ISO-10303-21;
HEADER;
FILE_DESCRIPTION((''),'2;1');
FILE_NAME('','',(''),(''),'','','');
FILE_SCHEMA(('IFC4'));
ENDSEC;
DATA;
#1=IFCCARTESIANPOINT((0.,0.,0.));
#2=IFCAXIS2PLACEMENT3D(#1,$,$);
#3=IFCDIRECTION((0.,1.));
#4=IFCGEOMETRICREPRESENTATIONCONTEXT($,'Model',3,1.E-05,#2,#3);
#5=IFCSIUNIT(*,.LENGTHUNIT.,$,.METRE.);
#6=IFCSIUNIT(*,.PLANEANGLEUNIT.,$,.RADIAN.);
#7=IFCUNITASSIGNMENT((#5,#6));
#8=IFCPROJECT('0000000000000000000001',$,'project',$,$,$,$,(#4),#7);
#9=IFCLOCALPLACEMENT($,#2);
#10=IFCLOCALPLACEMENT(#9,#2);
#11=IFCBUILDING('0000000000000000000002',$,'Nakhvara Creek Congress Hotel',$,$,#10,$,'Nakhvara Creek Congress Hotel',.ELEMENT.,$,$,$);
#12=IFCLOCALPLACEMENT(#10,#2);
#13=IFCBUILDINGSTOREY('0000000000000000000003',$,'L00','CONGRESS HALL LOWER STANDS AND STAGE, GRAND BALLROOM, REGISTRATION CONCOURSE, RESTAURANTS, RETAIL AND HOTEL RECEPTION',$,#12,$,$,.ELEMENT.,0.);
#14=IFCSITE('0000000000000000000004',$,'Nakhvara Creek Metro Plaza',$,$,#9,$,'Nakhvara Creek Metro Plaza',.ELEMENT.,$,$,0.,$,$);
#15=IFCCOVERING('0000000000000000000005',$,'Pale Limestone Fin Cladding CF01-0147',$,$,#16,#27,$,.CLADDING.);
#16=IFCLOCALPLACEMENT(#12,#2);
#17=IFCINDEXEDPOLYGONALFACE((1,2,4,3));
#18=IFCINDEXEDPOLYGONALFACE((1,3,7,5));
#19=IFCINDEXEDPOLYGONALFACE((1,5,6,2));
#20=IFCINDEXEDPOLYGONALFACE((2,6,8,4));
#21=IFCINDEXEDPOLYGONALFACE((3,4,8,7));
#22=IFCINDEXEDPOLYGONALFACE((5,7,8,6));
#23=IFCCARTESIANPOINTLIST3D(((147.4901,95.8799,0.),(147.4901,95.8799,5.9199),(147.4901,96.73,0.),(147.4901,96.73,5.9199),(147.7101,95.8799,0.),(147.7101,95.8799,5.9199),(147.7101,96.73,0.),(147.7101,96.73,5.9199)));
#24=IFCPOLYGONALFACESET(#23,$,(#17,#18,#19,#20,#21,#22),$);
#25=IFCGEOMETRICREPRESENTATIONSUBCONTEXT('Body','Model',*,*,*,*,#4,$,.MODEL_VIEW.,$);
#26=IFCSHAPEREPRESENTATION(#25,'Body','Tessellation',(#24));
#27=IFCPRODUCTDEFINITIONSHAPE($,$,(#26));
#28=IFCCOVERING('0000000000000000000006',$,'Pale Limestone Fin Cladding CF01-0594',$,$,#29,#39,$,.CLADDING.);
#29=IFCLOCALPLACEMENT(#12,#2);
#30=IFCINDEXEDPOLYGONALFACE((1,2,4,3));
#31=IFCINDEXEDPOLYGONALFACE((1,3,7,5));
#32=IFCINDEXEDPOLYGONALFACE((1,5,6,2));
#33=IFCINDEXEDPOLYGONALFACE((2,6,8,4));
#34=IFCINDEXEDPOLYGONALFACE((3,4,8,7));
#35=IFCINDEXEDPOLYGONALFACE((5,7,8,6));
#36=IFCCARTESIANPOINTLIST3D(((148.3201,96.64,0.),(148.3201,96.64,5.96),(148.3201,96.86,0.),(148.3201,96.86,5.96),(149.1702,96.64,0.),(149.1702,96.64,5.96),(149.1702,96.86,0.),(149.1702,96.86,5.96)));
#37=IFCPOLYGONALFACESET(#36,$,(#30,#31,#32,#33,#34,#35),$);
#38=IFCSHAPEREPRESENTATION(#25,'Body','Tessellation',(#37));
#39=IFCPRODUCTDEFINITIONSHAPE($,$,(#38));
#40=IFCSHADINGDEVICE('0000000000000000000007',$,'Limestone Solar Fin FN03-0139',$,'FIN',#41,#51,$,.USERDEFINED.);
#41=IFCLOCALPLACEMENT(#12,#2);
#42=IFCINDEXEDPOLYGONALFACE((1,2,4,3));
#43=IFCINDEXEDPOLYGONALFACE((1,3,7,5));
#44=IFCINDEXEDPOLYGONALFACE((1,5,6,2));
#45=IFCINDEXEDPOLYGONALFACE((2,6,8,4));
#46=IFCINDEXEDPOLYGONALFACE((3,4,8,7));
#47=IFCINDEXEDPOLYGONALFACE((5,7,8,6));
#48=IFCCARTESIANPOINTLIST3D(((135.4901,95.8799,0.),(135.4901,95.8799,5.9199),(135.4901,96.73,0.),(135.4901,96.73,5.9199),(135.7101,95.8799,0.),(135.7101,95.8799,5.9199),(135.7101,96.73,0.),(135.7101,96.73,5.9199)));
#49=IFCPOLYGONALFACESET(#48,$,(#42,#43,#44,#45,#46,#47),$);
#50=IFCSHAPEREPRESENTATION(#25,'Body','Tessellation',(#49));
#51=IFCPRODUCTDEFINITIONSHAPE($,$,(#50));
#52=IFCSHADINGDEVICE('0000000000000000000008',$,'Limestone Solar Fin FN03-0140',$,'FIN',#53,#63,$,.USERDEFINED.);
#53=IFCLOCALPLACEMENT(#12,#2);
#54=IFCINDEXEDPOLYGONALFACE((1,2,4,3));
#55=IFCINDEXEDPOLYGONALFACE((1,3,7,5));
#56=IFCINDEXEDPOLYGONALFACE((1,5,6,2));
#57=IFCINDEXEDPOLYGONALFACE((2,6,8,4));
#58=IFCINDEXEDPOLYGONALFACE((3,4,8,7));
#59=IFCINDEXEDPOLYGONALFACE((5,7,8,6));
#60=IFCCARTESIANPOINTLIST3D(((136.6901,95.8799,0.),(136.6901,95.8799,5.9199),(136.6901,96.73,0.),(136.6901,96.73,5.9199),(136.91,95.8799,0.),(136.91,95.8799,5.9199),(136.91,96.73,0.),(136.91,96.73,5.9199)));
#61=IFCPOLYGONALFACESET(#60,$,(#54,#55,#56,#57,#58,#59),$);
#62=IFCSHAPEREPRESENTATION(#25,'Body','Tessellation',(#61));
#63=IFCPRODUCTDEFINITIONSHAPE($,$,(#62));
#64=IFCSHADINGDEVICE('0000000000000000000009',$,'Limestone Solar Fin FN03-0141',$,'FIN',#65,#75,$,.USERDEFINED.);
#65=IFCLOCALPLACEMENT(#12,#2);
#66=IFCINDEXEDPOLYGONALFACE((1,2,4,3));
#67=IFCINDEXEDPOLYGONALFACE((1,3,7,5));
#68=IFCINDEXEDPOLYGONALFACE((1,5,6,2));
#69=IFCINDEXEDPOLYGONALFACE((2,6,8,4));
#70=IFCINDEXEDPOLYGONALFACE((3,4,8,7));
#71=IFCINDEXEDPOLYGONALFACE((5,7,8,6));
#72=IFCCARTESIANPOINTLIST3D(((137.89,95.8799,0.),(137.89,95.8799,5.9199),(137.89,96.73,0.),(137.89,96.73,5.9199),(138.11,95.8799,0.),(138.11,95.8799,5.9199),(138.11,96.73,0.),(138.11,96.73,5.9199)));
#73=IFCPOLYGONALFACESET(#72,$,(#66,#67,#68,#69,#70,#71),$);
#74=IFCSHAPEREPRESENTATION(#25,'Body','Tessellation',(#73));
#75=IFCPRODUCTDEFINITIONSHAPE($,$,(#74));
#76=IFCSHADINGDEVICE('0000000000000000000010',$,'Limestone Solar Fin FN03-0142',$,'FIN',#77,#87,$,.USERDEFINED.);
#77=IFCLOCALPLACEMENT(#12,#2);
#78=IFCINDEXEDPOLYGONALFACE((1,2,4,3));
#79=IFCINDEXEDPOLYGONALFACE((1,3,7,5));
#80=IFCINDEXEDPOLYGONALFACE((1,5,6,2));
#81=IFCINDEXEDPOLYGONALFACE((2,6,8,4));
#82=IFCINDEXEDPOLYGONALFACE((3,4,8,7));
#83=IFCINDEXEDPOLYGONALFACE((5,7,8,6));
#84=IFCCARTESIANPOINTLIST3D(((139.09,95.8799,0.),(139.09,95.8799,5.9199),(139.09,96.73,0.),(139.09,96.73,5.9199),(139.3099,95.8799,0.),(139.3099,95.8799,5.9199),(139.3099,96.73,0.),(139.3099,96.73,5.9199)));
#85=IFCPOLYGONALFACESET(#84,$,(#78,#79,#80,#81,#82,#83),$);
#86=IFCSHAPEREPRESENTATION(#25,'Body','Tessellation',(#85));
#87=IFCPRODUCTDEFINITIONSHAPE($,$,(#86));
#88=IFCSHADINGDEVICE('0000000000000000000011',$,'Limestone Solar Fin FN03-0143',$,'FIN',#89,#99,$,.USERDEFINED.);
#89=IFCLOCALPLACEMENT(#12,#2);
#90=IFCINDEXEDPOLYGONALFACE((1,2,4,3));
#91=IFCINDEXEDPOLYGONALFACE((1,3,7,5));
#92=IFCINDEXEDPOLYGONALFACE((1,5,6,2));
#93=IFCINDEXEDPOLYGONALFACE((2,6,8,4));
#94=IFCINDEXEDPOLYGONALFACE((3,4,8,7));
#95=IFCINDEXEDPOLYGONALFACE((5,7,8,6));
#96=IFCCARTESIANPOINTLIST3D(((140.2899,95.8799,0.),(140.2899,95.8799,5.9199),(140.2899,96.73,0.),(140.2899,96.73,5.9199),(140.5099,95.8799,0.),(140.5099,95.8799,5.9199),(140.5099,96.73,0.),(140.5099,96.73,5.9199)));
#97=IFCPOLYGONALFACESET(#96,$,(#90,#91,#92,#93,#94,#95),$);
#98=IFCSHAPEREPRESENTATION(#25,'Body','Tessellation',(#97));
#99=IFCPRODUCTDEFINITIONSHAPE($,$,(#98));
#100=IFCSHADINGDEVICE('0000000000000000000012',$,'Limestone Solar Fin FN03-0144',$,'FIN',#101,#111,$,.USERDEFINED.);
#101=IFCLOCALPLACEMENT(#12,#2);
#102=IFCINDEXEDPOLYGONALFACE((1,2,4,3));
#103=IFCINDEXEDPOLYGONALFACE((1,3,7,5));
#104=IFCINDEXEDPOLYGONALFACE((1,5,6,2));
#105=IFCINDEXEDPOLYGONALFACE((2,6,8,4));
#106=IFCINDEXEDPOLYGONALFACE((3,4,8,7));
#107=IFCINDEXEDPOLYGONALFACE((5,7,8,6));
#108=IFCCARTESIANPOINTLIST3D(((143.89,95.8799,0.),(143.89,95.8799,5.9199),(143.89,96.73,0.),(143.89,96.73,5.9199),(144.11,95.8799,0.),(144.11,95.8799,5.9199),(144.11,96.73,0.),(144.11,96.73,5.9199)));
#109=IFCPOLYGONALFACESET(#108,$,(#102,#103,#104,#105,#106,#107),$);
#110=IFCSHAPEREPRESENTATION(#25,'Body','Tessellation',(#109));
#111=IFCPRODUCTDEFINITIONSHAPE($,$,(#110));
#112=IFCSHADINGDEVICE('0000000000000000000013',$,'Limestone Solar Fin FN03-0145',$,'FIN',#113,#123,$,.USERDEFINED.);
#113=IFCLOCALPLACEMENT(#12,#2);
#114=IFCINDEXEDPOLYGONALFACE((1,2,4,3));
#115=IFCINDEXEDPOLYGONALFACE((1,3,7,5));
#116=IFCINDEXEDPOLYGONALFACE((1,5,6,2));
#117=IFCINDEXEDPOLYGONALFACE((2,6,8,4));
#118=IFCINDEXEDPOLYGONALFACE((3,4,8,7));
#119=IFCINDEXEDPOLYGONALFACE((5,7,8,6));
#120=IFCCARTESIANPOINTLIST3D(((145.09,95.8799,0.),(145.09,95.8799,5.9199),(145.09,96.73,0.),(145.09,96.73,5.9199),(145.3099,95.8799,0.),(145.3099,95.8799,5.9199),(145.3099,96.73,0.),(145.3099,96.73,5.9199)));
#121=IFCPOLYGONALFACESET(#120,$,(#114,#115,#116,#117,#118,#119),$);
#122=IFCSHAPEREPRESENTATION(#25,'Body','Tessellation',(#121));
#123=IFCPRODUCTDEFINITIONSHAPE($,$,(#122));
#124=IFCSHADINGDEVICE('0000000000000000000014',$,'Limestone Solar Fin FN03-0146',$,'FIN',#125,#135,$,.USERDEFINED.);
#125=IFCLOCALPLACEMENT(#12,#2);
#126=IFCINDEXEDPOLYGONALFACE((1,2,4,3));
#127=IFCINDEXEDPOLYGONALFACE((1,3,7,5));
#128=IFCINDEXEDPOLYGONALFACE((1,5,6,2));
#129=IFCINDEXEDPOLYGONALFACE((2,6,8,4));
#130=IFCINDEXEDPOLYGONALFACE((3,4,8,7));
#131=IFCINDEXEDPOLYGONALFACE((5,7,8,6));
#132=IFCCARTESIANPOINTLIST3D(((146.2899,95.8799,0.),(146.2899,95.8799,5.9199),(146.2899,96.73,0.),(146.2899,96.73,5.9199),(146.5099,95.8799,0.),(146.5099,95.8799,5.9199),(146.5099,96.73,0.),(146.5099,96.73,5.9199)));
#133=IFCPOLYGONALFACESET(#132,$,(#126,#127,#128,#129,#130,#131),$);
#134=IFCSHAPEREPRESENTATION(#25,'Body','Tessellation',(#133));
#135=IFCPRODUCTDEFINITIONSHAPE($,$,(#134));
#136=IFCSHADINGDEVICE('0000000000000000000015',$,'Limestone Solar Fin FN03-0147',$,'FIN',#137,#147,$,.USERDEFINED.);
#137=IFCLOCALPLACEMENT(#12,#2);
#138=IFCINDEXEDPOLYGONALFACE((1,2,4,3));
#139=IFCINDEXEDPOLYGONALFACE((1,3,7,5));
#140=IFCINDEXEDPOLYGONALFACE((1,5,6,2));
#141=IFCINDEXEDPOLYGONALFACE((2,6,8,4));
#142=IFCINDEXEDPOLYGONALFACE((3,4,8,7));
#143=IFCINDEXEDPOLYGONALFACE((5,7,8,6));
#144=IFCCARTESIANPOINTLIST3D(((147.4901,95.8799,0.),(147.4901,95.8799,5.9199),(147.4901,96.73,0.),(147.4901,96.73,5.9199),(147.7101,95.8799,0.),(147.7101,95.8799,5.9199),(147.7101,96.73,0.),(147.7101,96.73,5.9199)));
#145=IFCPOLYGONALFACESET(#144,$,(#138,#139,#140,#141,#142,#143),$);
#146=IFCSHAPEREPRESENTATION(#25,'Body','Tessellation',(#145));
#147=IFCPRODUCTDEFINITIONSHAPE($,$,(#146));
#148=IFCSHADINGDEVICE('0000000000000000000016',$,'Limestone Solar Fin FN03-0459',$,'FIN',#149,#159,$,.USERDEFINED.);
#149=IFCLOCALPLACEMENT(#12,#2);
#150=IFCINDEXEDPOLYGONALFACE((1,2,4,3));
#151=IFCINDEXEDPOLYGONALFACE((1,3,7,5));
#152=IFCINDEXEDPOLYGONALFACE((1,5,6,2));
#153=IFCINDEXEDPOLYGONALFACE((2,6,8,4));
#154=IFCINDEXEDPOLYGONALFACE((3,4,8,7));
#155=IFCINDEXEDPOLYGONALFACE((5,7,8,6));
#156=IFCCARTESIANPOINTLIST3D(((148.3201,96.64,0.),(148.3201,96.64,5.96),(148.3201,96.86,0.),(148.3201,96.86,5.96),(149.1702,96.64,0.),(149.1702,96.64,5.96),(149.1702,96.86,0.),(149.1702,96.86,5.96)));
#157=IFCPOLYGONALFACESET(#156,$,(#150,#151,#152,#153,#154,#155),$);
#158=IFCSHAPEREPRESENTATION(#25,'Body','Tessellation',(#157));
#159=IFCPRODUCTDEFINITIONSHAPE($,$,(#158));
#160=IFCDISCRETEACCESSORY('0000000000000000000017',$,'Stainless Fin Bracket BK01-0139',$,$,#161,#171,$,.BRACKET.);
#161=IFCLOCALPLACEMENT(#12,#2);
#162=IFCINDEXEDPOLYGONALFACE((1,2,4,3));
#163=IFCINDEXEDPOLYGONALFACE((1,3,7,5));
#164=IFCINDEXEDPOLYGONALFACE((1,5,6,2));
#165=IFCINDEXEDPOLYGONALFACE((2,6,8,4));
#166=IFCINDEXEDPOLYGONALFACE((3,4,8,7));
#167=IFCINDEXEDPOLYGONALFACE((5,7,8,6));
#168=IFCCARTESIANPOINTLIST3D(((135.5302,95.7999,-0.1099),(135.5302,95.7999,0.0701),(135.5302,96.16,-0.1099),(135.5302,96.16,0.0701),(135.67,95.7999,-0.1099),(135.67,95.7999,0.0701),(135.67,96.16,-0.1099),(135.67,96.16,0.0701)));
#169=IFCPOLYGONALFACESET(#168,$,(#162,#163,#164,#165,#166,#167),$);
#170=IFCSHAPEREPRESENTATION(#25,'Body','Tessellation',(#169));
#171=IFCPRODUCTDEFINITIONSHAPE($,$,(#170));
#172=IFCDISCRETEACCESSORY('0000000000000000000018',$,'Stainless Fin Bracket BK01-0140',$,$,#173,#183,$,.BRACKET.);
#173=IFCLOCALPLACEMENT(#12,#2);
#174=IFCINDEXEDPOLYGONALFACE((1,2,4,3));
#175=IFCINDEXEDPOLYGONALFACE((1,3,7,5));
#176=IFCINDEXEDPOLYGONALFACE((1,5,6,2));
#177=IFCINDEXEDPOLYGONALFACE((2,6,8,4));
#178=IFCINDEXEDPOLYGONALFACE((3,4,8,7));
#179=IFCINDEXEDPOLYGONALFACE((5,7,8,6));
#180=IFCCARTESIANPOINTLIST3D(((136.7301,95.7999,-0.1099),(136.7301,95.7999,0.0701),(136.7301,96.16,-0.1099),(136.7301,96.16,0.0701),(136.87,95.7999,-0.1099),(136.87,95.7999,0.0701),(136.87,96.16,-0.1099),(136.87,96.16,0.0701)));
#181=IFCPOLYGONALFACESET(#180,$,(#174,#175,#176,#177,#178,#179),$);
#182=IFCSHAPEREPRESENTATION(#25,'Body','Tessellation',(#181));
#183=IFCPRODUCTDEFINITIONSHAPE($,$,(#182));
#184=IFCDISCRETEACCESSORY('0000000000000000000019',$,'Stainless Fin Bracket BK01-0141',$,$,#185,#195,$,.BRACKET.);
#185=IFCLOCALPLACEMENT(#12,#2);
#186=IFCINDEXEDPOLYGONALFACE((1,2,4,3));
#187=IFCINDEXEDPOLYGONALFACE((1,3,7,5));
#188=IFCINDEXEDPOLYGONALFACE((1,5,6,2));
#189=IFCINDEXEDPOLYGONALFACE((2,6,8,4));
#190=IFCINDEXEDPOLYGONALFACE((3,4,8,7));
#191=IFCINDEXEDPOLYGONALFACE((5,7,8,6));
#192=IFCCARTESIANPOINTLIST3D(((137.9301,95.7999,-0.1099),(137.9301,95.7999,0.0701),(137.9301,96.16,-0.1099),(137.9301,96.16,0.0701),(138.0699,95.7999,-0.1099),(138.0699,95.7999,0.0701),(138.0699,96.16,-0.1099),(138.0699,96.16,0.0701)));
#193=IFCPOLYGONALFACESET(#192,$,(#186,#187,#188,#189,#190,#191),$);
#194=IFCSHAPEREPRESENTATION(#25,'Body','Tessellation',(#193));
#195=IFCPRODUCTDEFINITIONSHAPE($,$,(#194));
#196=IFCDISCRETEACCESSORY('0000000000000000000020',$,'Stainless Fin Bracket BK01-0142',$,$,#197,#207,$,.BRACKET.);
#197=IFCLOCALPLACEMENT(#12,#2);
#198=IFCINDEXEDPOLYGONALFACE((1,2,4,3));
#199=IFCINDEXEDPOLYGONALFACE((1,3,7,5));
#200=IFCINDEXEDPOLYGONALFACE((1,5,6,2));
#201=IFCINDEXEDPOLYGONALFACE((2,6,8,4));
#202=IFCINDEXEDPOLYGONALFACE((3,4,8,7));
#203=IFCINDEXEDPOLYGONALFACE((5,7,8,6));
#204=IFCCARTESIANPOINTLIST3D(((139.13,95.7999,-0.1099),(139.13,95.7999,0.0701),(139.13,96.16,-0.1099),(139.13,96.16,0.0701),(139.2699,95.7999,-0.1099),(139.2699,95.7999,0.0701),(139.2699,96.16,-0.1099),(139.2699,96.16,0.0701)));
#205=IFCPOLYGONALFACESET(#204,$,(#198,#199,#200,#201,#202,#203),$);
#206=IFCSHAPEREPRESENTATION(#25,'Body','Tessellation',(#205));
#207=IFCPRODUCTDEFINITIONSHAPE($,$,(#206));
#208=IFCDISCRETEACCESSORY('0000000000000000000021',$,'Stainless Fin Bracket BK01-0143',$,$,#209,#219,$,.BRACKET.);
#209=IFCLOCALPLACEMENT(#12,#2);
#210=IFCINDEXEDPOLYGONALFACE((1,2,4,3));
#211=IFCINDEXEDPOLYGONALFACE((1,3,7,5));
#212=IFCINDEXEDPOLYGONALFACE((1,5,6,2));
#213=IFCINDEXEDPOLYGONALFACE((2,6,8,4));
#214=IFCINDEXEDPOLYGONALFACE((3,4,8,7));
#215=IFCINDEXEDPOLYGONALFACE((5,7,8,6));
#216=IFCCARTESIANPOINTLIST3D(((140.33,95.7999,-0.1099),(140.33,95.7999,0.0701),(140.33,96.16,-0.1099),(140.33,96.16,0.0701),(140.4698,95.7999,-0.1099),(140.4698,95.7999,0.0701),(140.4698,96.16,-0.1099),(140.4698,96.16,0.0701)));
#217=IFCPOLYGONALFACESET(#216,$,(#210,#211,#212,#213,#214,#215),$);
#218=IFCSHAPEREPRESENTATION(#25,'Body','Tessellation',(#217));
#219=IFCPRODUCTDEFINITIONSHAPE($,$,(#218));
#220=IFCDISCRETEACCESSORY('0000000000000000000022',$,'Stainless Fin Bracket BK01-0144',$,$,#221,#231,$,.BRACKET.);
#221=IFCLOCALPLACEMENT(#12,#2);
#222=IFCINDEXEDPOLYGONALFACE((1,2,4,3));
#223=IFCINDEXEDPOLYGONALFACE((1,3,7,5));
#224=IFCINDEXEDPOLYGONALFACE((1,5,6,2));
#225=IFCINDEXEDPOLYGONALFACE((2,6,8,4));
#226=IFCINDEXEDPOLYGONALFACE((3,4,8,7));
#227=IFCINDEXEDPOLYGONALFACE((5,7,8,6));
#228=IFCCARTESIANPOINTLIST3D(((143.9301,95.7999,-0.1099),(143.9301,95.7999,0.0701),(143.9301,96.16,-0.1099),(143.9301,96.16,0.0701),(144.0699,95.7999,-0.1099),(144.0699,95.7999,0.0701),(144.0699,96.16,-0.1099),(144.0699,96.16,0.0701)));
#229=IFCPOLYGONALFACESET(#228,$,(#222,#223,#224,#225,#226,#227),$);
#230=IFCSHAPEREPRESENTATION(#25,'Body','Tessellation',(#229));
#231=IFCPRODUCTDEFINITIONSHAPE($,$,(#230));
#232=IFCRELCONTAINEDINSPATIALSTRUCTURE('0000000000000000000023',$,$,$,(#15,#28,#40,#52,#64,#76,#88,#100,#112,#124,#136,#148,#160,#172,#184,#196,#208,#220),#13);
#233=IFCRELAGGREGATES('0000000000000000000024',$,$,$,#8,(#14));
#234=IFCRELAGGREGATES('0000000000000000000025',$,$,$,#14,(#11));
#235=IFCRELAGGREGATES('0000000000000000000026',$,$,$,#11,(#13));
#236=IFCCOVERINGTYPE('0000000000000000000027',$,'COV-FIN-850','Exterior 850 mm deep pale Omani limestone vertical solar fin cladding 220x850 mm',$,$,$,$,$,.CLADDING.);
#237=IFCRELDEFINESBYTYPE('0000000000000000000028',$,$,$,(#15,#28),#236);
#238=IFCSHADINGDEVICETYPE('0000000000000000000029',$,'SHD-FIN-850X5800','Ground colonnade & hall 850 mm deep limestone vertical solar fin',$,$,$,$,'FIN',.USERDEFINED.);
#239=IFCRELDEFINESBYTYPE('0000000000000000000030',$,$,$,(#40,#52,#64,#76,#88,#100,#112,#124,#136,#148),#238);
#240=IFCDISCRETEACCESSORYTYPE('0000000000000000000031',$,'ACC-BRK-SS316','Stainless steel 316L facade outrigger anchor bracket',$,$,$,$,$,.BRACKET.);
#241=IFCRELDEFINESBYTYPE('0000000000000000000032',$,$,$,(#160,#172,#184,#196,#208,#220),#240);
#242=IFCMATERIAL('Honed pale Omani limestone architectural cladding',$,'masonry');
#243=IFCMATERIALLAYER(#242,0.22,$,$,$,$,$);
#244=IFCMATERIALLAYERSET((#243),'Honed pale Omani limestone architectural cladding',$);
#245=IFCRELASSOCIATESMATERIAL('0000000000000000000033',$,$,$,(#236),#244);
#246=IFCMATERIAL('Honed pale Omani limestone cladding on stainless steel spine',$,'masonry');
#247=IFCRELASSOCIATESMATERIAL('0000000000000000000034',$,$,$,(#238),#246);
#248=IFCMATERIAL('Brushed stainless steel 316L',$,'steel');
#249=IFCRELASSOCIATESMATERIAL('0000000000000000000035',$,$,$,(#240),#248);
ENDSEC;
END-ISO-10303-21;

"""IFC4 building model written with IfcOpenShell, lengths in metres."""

from ifc_helpers import new_model, si_unit, direction, frame, origin, origin_2d, place, context, subcontext, project, spatial, rectangle, extrude, material, layer, layer_set, type_object, element, save


model = new_model("IFC4")

# Units and contexts
model_context = context("Model", 3, precision=1e-05, world=origin(), true_north=direction((0.0, 1.0)))
body_context = subcontext(model_context, "Body", "Model", "MODEL_VIEW")
ifc_project = project(units=[si_unit("LENGTHUNIT", "METRE"), si_unit("PLANEANGLEUNIT", "RADIAN")], contexts=[model_context])

# Site, building, storey
site_placement = place(None, origin())
site = spatial("IfcSite", under=ifc_project, at=site_placement, Name="Nakhvara Creek Metro Plaza", LongName="Nakhvara Creek Metro Plaza", CompositionType="ELEMENT", RefElevation=0.0)
building_placement = place(site_placement, origin())
building = spatial("IfcBuilding", under=site, at=building_placement, Name="Nakhvara Creek Congress Hotel", LongName="Nakhvara Creek Congress Hotel", CompositionType="ELEMENT")
storey_placement = place(building_placement, origin())
storey = spatial("IfcBuildingStorey", under=building, at=storey_placement, Name="L00", Description="CONGRESS HALL LOWER STANDS AND STAGE, GRAND BALLROOM, REGISTRATION CONCOURSE, RESTAURANTS, RETAIL AND HOTEL RECEPTION", CompositionType="ELEMENT", Elevation=0.0)

# Coverings
ifc_material_1 = material(Name="Honed pale Omani limestone architectural cladding", Category="masonry")
ifc_layer_1 = layer(ifc_material_1, 0.22)
ifc_layer_set_1 = layer_set([ifc_layer_1], Name="Honed pale Omani limestone architectural cladding")
covering_type = type_object("IfcCoveringType", Name="COV-FIN-850", Description="Exterior 850 mm deep pale Omani limestone vertical solar fin cladding 220x850 mm", PredefinedType="CLADDING", material=ifc_layer_set_1)
for number, where, z_axis, x_axis, name in (
    (1, (147.6001, 96.3049, 0.0), (0.0, 0.0, 1.0), (1.0, 0.0, 0.0), "Pale Limestone Fin Cladding CF01-0147"),
):
    element("IfcCovering", number, at=place(storey_placement, frame(where, z_axis=z_axis, x_axis=x_axis)), inside=storey, type_object=covering_type, Name=name, PredefinedType="CLADDING", context=body_context, shape_type="SweptSolid", body=[
        extrude(rectangle(XDim=0.22, YDim=0.8501, at=origin_2d()), origin(), (0.0, 0.0, 1.0), 5.9199),
    ])
covering_placement = place(storey_placement, frame((148.7451, 96.75, 0.0), z_axis=(0.0, 0.0, 1.0), x_axis=(0.0, 1.0, 0.0)))
element("IfcCovering", 2, at=covering_placement, inside=storey, type_object=covering_type, Name="Pale Limestone Fin Cladding CF01-0594", PredefinedType="CLADDING", context=body_context, shape_type="SweptSolid", body=[
    extrude(rectangle(XDim=0.22, YDim=0.8501, at=origin_2d()), origin(), (0.0, 0.0, 1.0), 5.96),
])

# Shading devices
ifc_material_2 = material(Name="Honed pale Omani limestone cladding on stainless steel spine", Category="masonry")
shading_device_type = type_object("IfcShadingDeviceType", Name="SHD-FIN-850X5800", Description="Ground colonnade & hall 850 mm deep limestone vertical solar fin", ElementType="FIN", PredefinedType="USERDEFINED", material=ifc_material_2)
for number, where, z_axis, x_axis, name in (
    (3, (135.6001, 96.3049, 0.0), (0.0, 0.0, 1.0), (1.0, 0.0, 0.0), "Limestone Solar Fin FN03-0139"),
    (4, (136.8, 96.3049, 0.0), (0.0, 0.0, 1.0), (1.0, 0.0, 0.0), "Limestone Solar Fin FN03-0140"),
    (5, (138.0, 96.3049, 0.0), (0.0, 0.0, 1.0), (1.0, 0.0, 0.0), "Limestone Solar Fin FN03-0141"),
    (6, (139.2, 96.3049, 0.0), (0.0, 0.0, 1.0), (1.0, 0.0, 0.0), "Limestone Solar Fin FN03-0142"),
    (7, (140.3999, 96.3049, 0.0), (0.0, 0.0, 1.0), (1.0, 0.0, 0.0), "Limestone Solar Fin FN03-0143"),
    (8, (144.0, 96.3049, 0.0), (0.0, 0.0, 1.0), (1.0, 0.0, 0.0), "Limestone Solar Fin FN03-0144"),
    (9, (145.2, 96.3049, 0.0), (0.0, 0.0, 1.0), (1.0, 0.0, 0.0), "Limestone Solar Fin FN03-0145"),
    (10, (146.3999, 96.3049, 0.0), (0.0, 0.0, 1.0), (1.0, 0.0, 0.0), "Limestone Solar Fin FN03-0146"),
    (11, (147.6001, 96.3049, 0.0), (0.0, 0.0, 1.0), (1.0, 0.0, 0.0), "Limestone Solar Fin FN03-0147"),
):
    element("IfcShadingDevice", number, at=place(storey_placement, frame(where, z_axis=z_axis, x_axis=x_axis)), inside=storey, type_object=shading_device_type, Name=name, ObjectType="FIN", PredefinedType="USERDEFINED", context=body_context, shape_type="SweptSolid", body=[
        extrude(rectangle(XDim=0.22, YDim=0.8501, at=origin_2d()), origin(), (0.0, 0.0, 1.0), 5.9199),
    ])
shading_device_placement = place(storey_placement, frame((148.7451, 96.75, 0.0), z_axis=(0.0, 0.0, 1.0), x_axis=(0.0, 1.0, 0.0)))
element("IfcShadingDevice", 12, at=shading_device_placement, inside=storey, type_object=shading_device_type, Name="Limestone Solar Fin FN03-0459", ObjectType="FIN", PredefinedType="USERDEFINED", context=body_context, shape_type="SweptSolid", body=[
    extrude(rectangle(XDim=0.22, YDim=0.8501, at=origin_2d()), origin(), (0.0, 0.0, 1.0), 5.96),
])

# Discrete accessories
ifc_material_3 = material(Name="Brushed stainless steel 316L", Category="steel")
discrete_accessory_type = type_object("IfcDiscreteAccessoryType", Name="ACC-BRK-SS316", Description="Stainless steel 316L facade outrigger anchor bracket", PredefinedType="BRACKET", material=ifc_material_3)
for number, where, z_axis, x_axis, name in (
    (13, (135.6001, 95.98, -0.1099), (0.0, 0.0, 1.0), (1.0, 0.0, 0.0), "Stainless Fin Bracket BK01-0139"),
    (14, (136.8, 95.98, -0.1099), (0.0, 0.0, 1.0), (1.0, 0.0, 0.0), "Stainless Fin Bracket BK01-0140"),
    (15, (138.0, 95.98, -0.1099), (0.0, 0.0, 1.0), (1.0, 0.0, 0.0), "Stainless Fin Bracket BK01-0141"),
    (16, (139.2, 95.98, -0.1099), (0.0, 0.0, 1.0), (1.0, 0.0, 0.0), "Stainless Fin Bracket BK01-0142"),
    (17, (140.3999, 95.98, -0.1099), (0.0, 0.0, 1.0), (1.0, 0.0, 0.0), "Stainless Fin Bracket BK01-0143"),
    (18, (144.0, 95.98, -0.1099), (0.0, 0.0, 1.0), (1.0, 0.0, 0.0), "Stainless Fin Bracket BK01-0144"),
):
    element("IfcDiscreteAccessory", number, at=place(storey_placement, frame(where, z_axis=z_axis, x_axis=x_axis)), inside=storey, type_object=discrete_accessory_type, Name=name, PredefinedType="BRACKET", context=body_context, shape_type="SweptSolid", body=[
        extrude(rectangle(XDim=0.1399, YDim=0.3601, at=origin_2d()), origin(), (0.0, 0.0, 1.0), 0.1799),
    ])

save(model, "model.ifc")
